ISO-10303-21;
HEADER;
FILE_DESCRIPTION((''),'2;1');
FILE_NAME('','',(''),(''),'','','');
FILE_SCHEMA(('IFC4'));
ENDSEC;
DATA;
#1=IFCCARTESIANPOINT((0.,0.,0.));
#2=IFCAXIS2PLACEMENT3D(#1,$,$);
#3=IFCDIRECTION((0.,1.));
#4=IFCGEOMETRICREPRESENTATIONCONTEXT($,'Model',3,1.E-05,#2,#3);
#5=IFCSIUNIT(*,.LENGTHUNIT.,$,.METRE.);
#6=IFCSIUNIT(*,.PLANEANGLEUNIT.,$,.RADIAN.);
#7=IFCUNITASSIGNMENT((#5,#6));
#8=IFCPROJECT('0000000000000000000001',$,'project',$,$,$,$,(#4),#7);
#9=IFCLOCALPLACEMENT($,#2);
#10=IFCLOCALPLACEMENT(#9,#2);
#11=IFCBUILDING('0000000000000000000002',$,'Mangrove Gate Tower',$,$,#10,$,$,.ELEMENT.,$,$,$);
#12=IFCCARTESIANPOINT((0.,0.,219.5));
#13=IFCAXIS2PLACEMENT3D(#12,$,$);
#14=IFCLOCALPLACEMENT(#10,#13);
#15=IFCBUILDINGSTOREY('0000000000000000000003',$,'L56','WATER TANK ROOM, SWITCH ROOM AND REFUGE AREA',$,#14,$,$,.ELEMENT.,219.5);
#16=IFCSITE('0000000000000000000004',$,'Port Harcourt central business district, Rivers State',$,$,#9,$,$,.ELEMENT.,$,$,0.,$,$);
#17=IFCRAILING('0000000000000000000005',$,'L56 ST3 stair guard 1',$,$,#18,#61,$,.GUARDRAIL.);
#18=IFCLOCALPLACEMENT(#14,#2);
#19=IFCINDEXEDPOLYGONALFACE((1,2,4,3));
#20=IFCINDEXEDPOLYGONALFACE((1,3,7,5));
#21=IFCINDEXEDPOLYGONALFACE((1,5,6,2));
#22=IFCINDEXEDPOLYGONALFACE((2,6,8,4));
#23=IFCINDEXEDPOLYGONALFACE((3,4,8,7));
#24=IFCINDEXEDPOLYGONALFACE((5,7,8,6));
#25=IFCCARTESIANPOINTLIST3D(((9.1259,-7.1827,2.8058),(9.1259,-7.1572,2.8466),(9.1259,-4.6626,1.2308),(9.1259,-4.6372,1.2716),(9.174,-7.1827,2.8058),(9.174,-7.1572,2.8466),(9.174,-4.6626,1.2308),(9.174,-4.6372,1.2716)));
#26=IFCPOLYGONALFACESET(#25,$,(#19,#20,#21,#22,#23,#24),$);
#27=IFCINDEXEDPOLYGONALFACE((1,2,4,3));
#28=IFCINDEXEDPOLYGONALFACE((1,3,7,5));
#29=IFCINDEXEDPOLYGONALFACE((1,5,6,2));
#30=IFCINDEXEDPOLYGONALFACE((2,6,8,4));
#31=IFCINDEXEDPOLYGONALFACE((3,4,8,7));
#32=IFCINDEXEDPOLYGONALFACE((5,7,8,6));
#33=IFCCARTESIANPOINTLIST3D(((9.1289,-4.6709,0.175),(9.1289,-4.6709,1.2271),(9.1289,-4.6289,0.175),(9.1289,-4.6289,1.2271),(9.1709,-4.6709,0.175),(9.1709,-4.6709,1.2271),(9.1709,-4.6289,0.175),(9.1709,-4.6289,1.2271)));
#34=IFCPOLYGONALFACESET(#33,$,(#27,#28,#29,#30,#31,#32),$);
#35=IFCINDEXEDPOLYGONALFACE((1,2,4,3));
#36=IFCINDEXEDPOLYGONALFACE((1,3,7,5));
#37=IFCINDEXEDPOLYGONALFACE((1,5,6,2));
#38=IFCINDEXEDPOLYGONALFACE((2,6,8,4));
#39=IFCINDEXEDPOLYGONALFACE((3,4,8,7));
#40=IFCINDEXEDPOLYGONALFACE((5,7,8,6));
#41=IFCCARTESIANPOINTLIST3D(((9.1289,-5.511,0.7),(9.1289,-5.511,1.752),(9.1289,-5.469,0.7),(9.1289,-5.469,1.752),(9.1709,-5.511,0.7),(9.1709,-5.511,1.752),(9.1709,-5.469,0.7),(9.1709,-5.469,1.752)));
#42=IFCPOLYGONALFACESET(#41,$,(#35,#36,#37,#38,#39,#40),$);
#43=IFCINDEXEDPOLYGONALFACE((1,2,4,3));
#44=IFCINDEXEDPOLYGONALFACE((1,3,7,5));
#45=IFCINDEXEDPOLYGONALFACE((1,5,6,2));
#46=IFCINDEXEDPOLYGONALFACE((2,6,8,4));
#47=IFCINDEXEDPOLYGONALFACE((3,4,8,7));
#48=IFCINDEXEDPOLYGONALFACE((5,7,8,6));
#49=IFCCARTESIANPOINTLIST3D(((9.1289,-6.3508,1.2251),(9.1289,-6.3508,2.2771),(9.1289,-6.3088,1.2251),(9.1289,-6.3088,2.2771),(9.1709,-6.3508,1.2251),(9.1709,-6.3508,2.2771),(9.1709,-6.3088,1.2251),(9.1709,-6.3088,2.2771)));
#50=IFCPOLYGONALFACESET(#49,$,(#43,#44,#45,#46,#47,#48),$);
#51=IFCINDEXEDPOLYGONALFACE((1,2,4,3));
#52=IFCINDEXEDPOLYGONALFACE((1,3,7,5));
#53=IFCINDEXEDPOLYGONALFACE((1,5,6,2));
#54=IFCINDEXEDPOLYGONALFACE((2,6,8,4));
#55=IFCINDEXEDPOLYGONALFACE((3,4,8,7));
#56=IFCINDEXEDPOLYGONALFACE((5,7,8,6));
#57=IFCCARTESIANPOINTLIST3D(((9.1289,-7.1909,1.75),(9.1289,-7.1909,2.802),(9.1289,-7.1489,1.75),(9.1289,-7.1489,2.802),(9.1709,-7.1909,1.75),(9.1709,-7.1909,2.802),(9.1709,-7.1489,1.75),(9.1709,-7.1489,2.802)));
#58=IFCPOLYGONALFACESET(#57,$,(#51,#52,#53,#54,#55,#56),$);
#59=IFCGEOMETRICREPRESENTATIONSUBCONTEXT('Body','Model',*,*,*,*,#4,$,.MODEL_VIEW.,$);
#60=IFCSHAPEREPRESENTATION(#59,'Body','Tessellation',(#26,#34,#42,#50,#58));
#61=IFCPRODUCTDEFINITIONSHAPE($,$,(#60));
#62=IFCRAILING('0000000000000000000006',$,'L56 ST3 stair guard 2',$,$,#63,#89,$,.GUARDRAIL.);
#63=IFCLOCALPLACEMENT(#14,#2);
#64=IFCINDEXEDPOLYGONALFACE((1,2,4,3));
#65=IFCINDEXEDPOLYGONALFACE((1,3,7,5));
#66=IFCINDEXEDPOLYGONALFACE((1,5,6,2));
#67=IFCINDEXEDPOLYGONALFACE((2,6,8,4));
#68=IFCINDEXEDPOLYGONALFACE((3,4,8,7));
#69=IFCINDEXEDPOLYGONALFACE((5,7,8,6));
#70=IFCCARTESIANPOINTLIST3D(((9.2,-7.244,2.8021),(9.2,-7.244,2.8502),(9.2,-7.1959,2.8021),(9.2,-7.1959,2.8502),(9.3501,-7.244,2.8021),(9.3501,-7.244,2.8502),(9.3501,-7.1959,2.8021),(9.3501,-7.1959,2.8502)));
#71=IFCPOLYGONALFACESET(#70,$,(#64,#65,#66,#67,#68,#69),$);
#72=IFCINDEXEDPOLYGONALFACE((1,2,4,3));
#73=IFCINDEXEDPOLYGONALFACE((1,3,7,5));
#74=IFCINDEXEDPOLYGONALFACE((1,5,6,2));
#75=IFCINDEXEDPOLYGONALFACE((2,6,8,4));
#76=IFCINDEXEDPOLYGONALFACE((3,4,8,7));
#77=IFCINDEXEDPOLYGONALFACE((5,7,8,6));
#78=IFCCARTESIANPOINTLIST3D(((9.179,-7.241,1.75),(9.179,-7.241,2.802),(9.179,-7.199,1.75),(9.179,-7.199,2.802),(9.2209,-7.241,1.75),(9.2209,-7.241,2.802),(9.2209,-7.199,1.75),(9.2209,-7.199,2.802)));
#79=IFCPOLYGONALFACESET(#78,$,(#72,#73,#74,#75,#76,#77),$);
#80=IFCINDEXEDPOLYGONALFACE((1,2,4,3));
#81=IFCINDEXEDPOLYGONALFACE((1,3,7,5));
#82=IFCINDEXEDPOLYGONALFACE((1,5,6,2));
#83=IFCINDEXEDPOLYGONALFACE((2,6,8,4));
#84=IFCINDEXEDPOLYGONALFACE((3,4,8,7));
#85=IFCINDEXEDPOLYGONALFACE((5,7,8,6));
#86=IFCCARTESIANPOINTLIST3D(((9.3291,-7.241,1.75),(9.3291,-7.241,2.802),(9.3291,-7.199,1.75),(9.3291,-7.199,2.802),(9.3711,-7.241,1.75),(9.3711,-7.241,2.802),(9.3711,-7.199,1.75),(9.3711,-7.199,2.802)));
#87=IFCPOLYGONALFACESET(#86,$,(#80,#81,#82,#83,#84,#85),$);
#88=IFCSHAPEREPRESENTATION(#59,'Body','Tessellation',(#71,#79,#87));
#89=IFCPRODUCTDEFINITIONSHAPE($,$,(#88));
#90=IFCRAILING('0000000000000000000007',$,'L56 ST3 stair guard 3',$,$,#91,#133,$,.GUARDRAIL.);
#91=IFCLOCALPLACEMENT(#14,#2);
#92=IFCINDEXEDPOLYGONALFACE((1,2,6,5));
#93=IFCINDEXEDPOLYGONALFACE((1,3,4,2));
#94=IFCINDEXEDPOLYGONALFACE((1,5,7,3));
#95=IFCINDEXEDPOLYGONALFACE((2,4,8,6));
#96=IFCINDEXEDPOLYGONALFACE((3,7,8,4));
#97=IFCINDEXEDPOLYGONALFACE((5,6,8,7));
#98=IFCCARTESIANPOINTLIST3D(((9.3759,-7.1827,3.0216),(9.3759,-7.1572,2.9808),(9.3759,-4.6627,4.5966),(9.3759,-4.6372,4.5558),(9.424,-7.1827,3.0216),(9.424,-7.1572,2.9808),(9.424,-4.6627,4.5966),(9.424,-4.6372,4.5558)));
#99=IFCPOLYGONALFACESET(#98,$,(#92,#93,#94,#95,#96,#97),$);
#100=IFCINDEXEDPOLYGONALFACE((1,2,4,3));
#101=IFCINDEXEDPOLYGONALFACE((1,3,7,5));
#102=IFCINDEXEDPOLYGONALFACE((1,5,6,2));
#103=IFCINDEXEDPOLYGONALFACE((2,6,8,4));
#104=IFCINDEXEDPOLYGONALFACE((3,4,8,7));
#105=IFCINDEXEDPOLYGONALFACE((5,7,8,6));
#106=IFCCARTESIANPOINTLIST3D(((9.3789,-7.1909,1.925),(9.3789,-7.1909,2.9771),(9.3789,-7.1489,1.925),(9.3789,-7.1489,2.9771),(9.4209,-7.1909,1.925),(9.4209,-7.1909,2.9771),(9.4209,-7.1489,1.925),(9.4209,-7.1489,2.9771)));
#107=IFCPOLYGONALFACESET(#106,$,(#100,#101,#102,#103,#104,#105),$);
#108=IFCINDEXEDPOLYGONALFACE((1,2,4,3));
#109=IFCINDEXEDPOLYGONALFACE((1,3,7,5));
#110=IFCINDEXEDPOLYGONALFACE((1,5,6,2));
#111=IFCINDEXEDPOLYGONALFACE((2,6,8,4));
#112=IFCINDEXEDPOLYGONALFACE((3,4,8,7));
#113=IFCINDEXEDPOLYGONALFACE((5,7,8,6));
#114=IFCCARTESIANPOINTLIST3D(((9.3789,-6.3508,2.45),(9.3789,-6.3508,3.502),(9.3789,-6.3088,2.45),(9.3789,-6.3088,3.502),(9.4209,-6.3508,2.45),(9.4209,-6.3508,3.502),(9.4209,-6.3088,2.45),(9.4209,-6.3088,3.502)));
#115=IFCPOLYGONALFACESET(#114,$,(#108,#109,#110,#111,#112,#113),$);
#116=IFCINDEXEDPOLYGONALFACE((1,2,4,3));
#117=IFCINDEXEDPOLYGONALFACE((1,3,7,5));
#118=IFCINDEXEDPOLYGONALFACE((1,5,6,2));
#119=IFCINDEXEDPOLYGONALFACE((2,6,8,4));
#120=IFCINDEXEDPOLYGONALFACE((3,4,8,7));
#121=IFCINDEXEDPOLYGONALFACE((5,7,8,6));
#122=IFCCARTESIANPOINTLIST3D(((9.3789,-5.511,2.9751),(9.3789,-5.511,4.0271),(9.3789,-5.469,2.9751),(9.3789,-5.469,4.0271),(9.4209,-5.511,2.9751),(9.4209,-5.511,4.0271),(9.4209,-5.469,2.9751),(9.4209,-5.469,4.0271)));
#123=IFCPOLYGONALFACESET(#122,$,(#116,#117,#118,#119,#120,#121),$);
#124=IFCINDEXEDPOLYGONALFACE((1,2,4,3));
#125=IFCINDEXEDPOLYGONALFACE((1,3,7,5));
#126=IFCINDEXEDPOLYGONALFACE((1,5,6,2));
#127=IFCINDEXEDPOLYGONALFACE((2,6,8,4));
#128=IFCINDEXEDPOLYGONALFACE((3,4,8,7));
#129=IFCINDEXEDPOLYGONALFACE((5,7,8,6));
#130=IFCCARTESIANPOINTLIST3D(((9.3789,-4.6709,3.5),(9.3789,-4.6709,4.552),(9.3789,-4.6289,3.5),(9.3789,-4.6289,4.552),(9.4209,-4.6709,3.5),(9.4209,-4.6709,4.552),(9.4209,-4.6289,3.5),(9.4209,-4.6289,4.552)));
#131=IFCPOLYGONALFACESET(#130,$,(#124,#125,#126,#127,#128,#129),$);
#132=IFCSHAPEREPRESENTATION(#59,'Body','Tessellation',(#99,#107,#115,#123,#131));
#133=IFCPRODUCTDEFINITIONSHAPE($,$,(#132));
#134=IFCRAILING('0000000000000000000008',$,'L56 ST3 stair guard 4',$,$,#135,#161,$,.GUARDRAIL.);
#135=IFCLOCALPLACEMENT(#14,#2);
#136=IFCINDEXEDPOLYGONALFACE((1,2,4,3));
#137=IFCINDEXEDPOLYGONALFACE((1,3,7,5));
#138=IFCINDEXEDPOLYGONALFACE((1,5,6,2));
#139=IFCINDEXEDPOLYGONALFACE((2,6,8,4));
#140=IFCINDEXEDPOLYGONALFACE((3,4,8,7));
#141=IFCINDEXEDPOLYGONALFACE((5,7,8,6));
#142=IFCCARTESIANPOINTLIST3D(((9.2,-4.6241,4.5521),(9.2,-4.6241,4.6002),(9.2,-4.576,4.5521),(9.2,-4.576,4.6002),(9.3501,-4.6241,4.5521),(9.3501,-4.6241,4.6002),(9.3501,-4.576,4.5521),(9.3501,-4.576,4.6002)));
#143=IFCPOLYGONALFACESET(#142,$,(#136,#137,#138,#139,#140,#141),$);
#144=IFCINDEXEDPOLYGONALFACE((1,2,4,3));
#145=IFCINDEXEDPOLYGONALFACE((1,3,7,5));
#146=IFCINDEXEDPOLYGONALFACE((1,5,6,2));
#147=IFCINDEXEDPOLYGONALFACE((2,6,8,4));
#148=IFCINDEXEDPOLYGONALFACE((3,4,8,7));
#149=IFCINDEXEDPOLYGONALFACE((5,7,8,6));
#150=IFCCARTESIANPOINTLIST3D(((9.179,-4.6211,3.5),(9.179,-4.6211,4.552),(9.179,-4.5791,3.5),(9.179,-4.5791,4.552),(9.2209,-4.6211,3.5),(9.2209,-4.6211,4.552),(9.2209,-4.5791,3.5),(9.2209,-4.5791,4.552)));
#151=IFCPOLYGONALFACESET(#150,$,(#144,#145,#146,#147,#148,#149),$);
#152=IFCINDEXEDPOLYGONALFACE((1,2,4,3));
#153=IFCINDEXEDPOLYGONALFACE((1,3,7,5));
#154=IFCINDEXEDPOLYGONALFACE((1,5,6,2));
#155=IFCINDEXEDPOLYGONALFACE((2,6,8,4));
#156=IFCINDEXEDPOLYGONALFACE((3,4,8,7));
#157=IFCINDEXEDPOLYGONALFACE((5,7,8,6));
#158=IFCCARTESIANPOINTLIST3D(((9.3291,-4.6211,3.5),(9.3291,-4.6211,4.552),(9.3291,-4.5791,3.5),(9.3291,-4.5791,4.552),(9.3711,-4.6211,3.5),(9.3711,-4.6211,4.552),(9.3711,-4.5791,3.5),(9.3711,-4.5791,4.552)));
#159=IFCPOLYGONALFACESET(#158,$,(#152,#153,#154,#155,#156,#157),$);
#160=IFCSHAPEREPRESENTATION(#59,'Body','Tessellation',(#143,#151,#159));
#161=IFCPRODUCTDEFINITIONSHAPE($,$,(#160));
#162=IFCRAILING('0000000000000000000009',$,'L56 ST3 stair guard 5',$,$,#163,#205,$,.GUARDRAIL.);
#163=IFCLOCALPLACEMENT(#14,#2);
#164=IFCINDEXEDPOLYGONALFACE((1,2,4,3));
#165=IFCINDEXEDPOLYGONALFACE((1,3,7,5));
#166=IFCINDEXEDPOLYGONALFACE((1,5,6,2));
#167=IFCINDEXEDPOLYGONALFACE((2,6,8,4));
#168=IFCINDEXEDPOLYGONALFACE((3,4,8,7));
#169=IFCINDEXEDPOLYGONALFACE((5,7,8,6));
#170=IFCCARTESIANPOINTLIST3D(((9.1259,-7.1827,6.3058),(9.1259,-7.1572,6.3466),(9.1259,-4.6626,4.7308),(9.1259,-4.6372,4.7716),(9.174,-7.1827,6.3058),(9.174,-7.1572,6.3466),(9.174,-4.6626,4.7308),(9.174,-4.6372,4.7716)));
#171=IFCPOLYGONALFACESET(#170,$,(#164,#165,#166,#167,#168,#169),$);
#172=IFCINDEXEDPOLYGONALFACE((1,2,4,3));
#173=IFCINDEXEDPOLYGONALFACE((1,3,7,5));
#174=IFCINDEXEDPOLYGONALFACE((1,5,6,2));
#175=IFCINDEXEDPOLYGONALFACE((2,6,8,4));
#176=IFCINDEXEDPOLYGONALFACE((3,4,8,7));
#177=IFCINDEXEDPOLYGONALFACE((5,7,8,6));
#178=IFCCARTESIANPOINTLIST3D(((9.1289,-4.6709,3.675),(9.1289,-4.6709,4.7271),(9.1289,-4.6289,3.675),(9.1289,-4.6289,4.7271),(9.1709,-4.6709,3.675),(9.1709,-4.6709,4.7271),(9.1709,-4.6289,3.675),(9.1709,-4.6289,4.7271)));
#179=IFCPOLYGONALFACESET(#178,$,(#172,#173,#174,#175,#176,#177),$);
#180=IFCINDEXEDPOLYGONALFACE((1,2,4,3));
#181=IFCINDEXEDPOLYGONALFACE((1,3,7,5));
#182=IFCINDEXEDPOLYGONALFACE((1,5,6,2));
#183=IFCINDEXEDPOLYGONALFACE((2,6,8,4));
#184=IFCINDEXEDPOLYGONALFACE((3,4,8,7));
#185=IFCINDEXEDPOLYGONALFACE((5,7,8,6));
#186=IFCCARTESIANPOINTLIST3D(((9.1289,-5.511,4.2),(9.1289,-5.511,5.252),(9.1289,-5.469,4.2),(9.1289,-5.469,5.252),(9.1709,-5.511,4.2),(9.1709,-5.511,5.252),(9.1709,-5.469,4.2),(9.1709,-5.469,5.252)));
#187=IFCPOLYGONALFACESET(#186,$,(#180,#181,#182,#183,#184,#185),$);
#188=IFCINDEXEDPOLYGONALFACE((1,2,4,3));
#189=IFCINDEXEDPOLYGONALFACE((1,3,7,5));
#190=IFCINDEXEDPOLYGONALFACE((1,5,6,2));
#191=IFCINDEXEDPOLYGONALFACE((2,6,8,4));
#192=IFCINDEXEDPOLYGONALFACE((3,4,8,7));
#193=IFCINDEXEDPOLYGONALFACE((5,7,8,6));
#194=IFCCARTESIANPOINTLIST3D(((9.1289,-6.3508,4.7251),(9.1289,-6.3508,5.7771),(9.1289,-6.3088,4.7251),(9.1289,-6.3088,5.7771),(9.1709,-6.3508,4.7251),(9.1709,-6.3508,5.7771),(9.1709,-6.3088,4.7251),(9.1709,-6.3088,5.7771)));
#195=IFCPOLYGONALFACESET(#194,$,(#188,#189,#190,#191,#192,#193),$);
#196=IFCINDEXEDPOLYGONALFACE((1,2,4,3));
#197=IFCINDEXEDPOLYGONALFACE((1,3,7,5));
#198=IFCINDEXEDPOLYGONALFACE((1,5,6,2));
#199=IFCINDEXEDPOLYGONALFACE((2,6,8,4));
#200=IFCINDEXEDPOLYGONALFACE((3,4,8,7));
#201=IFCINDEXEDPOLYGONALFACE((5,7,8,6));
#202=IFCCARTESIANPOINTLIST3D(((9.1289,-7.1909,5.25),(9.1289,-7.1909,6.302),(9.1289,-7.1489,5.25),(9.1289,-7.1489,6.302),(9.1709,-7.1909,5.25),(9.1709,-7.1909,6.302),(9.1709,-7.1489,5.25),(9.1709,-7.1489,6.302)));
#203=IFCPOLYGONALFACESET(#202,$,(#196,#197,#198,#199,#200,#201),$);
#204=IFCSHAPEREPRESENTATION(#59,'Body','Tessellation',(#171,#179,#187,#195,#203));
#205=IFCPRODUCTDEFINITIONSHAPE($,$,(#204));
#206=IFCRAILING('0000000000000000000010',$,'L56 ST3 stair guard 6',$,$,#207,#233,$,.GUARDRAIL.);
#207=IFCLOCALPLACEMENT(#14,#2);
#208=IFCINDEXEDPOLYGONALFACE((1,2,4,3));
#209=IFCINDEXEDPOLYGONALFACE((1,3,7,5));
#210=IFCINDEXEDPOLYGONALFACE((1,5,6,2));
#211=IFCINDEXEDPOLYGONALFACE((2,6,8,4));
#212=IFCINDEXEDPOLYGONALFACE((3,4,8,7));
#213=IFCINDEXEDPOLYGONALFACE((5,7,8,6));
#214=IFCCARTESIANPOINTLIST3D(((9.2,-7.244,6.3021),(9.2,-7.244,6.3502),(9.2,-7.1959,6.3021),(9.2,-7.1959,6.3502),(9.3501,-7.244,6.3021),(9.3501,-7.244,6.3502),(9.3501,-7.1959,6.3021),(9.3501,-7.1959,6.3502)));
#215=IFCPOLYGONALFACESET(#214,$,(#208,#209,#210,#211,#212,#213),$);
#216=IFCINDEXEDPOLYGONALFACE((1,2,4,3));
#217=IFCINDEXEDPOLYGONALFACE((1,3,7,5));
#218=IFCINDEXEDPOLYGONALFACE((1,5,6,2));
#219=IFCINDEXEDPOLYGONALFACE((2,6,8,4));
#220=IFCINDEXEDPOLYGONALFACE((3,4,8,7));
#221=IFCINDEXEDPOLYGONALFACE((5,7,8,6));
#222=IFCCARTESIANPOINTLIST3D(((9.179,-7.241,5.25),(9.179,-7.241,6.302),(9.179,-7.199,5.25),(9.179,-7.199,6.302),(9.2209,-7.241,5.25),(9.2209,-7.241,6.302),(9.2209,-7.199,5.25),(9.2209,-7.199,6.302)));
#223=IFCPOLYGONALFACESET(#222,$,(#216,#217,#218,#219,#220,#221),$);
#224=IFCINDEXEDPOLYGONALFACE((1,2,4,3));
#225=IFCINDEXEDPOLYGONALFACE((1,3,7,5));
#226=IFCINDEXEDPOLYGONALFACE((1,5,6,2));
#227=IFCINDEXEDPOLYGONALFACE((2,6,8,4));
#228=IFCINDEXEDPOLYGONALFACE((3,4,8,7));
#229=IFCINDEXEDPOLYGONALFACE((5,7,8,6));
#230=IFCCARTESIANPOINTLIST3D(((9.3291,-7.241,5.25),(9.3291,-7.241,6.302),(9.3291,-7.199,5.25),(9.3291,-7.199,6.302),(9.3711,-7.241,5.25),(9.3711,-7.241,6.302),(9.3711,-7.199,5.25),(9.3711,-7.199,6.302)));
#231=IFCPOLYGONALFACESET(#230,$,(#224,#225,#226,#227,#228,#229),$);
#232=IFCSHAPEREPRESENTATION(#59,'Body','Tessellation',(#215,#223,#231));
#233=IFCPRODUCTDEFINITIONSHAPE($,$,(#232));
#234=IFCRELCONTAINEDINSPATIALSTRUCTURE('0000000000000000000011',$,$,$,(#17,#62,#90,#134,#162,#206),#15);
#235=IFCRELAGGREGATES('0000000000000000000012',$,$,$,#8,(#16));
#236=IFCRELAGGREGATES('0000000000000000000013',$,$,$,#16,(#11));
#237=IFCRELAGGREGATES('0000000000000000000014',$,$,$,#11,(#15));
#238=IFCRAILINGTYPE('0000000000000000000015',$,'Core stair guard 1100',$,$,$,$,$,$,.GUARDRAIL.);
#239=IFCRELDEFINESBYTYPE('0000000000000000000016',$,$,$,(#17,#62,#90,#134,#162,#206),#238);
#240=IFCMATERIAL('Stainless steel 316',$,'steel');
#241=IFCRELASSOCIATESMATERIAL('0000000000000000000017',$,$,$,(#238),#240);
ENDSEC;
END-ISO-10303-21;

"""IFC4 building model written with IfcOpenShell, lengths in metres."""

from ifc_helpers import new_model, si_unit, direction, frame, origin, origin_2d, place, context, subcontext, project, spatial, rectangle, extrude, material, type_object, element, save


model = new_model("IFC4")

# Units and contexts
model_context = context("Model", 3, precision=1e-05, world=origin(), true_north=direction((0.0, 1.0)))
body_context = subcontext(model_context, "Body", "Model", "MODEL_VIEW")
ifc_project = project(units=[si_unit("LENGTHUNIT", "METRE"), si_unit("PLANEANGLEUNIT", "RADIAN")], contexts=[model_context])

# Site, building, storey
site_placement = place(None, origin())
site = spatial("IfcSite", under=ifc_project, at=site_placement, Name="Port Harcourt central business district, Rivers State", CompositionType="ELEMENT", RefElevation=0.0)
building_placement = place(site_placement, origin())
building = spatial("IfcBuilding", under=site, at=building_placement, Name="Mangrove Gate Tower", CompositionType="ELEMENT")
storey_placement = place(building_placement, frame((0.0, 0.0, 219.5)))
storey = spatial("IfcBuildingStorey", under=building, at=storey_placement, Name="L56", Description="WATER TANK ROOM, SWITCH ROOM AND REFUGE AREA", CompositionType="ELEMENT", Elevation=219.5)

# Railings
ifc_material_1 = material(Name="Stainless steel 316", Category="steel")
railing_type_1 = type_object("IfcRailingType", Name="Core stair guard 1100", PredefinedType="GUARDRAIL", material=ifc_material_1)
railing_1_placement = place(storey_placement, frame((9.1499, -4.6499, 0.175)))
element("IfcRailing", 1, at=railing_1_placement, inside=storey, type_object=railing_type_1, Name="L56 ST3 stair guard 1", PredefinedType="GUARDRAIL", context=body_context, shape_type="SweptSolid", body=[
    extrude(rectangle(XDim=0.0481, YDim=0.0481, at=origin_2d()), frame((0.0, 0.0, 1.0762), z_axis=(0.0, -0.848008, 0.529984), x_axis=(1.0, 0.0, 0.0)), (0.0, 0.0, 1.0), 2.9717),
    extrude(rectangle(XDim=0.042, YDim=0.042, at=origin_2d()), origin(), (0.0, 0.0, 1.0), 1.052),
    extrude(rectangle(XDim=0.042, YDim=0.042, at=origin_2d()), frame((0.0, -0.8401, 0.5249)), (0.0, 0.0, 1.0), 1.052),
    extrude(rectangle(XDim=0.042, YDim=0.042, at=origin_2d()), frame((0.0, -1.6799, 1.05)), (0.0, 0.0, 1.0), 1.052),
    extrude(rectangle(XDim=0.042, YDim=0.042, at=origin_2d()), frame((0.0, -2.52, 1.575)), (0.0, 0.0, 1.0), 1.052),
])
railing_2_placement = place(storey_placement, frame((9.2, -7.22, 1.75)))
element("IfcRailing", 2, at=railing_2_placement, inside=storey, type_object=railing_type_1, Name="L56 ST3 stair guard 2", PredefinedType="GUARDRAIL", context=body_context, shape_type="SweptSolid", body=[
    extrude(rectangle(XDim=0.0481, YDim=0.0481, at=origin_2d()), frame((0.0, 0.0, 1.0762), z_axis=(1.0, 0.0, 0.0), x_axis=(0.0, 1.0, 0.0)), (0.0, 0.0, 1.0), 0.1501),
    extrude(rectangle(XDim=0.042, YDim=0.042, at=origin_2d()), origin(), (0.0, 0.0, 1.0), 1.052),
    extrude(rectangle(XDim=0.042, YDim=0.042, at=origin_2d()), frame((0.1501, 0.0, 0.0)), (0.0, 0.0, 1.0), 1.052),
])
railing_3_placement = place(storey_placement, frame((9.3999, -7.1699, 1.925)))
element("IfcRailing", 3, at=railing_3_placement, inside=storey, type_object=railing_type_1, Name="L56 ST3 stair guard 3", PredefinedType="GUARDRAIL", context=body_context, shape_type="SweptSolid", body=[
    extrude(rectangle(XDim=0.0481, YDim=0.0481, at=origin_2d()), frame((0.0, 0.0, 1.0762), z_axis=(0.0, 0.848008, 0.529984), x_axis=(-1.0, 0.0, 0.0)), (0.0, 0.0, 1.0), 2.9717),
    extrude(rectangle(XDim=0.042, YDim=0.042, at=origin_2d()), origin(), (0.0, 0.0, 1.0), 1.052),
    extrude(rectangle(XDim=0.042, YDim=0.042, at=origin_2d()), frame((0.0, 0.8401, 0.5249)), (0.0, 0.0, 1.0), 1.052),
    extrude(rectangle(XDim=0.042, YDim=0.042, at=origin_2d()), frame((0.0, 1.6799, 1.05)), (0.0, 0.0, 1.0), 1.052),
    extrude(rectangle(XDim=0.042, YDim=0.042, at=origin_2d()), frame((0.0, 2.52, 1.575)), (0.0, 0.0, 1.0), 1.052),
])
railing_4_placement = place(storey_placement, frame((9.2, -4.6001, 3.5)))
element("IfcRailing", 4, at=railing_4_placement, inside=storey, type_object=railing_type_1, Name="L56 ST3 stair guard 4", PredefinedType="GUARDRAIL", context=body_context, shape_type="SweptSolid", body=[
    extrude(rectangle(XDim=0.0481, YDim=0.0481, at=origin_2d()), frame((0.0, 0.0, 1.0762), z_axis=(1.0, 0.0, 0.0), x_axis=(0.0, 1.0, 0.0)), (0.0, 0.0, 1.0), 0.1501),
    extrude(rectangle(XDim=0.042, YDim=0.042, at=origin_2d()), origin(), (0.0, 0.0, 1.0), 1.052),
    extrude(rectangle(XDim=0.042, YDim=0.042, at=origin_2d()), frame((0.1501, 0.0, 0.0)), (0.0, 0.0, 1.0), 1.052),
])
railing_5_placement = place(storey_placement, frame((9.1499, -4.6499, 3.675)))
element("IfcRailing", 5, at=railing_5_placement, inside=storey, type_object=railing_type_1, Name="L56 ST3 stair guard 5", PredefinedType="GUARDRAIL", context=body_context, shape_type="SweptSolid", body=[
    extrude(rectangle(XDim=0.0481, YDim=0.0481, at=origin_2d()), frame((0.0, 0.0, 1.0762), z_axis=(0.0, -0.848008, 0.529984), x_axis=(1.0, 0.0, 0.0)), (0.0, 0.0, 1.0), 2.9717),
    extrude(rectangle(XDim=0.042, YDim=0.042, at=origin_2d()), origin(), (0.0, 0.0, 1.0), 1.052),
    extrude(rectangle(XDim=0.042, YDim=0.042, at=origin_2d()), frame((0.0, -0.8401, 0.5249)), (0.0, 0.0, 1.0), 1.052),
    extrude(rectangle(XDim=0.042, YDim=0.042, at=origin_2d()), frame((0.0, -1.6799, 1.05)), (0.0, 0.0, 1.0), 1.052),
    extrude(rectangle(XDim=0.042, YDim=0.042, at=origin_2d()), frame((0.0, -2.52, 1.575)), (0.0, 0.0, 1.0), 1.052),
])
railing_6_placement = place(storey_placement, frame((9.2, -7.22, 5.25)))
element("IfcRailing", 6, at=railing_6_placement, inside=storey, type_object=railing_type_1, Name="L56 ST3 stair guard 6", PredefinedType="GUARDRAIL", context=body_context, shape_type="SweptSolid", body=[
    extrude(rectangle(XDim=0.0481, YDim=0.0481, at=origin_2d()), frame((0.0, 0.0, 1.0762), z_axis=(1.0, 0.0, 0.0), x_axis=(0.0, 1.0, 0.0)), (0.0, 0.0, 1.0), 0.1501),
    extrude(rectangle(XDim=0.042, YDim=0.042, at=origin_2d()), origin(), (0.0, 0.0, 1.0), 1.052),
    extrude(rectangle(XDim=0.042, YDim=0.042, at=origin_2d()), frame((0.1501, 0.0, 0.0)), (0.0, 0.0, 1.0), 1.052),
])

save(model, "model.ifc")
